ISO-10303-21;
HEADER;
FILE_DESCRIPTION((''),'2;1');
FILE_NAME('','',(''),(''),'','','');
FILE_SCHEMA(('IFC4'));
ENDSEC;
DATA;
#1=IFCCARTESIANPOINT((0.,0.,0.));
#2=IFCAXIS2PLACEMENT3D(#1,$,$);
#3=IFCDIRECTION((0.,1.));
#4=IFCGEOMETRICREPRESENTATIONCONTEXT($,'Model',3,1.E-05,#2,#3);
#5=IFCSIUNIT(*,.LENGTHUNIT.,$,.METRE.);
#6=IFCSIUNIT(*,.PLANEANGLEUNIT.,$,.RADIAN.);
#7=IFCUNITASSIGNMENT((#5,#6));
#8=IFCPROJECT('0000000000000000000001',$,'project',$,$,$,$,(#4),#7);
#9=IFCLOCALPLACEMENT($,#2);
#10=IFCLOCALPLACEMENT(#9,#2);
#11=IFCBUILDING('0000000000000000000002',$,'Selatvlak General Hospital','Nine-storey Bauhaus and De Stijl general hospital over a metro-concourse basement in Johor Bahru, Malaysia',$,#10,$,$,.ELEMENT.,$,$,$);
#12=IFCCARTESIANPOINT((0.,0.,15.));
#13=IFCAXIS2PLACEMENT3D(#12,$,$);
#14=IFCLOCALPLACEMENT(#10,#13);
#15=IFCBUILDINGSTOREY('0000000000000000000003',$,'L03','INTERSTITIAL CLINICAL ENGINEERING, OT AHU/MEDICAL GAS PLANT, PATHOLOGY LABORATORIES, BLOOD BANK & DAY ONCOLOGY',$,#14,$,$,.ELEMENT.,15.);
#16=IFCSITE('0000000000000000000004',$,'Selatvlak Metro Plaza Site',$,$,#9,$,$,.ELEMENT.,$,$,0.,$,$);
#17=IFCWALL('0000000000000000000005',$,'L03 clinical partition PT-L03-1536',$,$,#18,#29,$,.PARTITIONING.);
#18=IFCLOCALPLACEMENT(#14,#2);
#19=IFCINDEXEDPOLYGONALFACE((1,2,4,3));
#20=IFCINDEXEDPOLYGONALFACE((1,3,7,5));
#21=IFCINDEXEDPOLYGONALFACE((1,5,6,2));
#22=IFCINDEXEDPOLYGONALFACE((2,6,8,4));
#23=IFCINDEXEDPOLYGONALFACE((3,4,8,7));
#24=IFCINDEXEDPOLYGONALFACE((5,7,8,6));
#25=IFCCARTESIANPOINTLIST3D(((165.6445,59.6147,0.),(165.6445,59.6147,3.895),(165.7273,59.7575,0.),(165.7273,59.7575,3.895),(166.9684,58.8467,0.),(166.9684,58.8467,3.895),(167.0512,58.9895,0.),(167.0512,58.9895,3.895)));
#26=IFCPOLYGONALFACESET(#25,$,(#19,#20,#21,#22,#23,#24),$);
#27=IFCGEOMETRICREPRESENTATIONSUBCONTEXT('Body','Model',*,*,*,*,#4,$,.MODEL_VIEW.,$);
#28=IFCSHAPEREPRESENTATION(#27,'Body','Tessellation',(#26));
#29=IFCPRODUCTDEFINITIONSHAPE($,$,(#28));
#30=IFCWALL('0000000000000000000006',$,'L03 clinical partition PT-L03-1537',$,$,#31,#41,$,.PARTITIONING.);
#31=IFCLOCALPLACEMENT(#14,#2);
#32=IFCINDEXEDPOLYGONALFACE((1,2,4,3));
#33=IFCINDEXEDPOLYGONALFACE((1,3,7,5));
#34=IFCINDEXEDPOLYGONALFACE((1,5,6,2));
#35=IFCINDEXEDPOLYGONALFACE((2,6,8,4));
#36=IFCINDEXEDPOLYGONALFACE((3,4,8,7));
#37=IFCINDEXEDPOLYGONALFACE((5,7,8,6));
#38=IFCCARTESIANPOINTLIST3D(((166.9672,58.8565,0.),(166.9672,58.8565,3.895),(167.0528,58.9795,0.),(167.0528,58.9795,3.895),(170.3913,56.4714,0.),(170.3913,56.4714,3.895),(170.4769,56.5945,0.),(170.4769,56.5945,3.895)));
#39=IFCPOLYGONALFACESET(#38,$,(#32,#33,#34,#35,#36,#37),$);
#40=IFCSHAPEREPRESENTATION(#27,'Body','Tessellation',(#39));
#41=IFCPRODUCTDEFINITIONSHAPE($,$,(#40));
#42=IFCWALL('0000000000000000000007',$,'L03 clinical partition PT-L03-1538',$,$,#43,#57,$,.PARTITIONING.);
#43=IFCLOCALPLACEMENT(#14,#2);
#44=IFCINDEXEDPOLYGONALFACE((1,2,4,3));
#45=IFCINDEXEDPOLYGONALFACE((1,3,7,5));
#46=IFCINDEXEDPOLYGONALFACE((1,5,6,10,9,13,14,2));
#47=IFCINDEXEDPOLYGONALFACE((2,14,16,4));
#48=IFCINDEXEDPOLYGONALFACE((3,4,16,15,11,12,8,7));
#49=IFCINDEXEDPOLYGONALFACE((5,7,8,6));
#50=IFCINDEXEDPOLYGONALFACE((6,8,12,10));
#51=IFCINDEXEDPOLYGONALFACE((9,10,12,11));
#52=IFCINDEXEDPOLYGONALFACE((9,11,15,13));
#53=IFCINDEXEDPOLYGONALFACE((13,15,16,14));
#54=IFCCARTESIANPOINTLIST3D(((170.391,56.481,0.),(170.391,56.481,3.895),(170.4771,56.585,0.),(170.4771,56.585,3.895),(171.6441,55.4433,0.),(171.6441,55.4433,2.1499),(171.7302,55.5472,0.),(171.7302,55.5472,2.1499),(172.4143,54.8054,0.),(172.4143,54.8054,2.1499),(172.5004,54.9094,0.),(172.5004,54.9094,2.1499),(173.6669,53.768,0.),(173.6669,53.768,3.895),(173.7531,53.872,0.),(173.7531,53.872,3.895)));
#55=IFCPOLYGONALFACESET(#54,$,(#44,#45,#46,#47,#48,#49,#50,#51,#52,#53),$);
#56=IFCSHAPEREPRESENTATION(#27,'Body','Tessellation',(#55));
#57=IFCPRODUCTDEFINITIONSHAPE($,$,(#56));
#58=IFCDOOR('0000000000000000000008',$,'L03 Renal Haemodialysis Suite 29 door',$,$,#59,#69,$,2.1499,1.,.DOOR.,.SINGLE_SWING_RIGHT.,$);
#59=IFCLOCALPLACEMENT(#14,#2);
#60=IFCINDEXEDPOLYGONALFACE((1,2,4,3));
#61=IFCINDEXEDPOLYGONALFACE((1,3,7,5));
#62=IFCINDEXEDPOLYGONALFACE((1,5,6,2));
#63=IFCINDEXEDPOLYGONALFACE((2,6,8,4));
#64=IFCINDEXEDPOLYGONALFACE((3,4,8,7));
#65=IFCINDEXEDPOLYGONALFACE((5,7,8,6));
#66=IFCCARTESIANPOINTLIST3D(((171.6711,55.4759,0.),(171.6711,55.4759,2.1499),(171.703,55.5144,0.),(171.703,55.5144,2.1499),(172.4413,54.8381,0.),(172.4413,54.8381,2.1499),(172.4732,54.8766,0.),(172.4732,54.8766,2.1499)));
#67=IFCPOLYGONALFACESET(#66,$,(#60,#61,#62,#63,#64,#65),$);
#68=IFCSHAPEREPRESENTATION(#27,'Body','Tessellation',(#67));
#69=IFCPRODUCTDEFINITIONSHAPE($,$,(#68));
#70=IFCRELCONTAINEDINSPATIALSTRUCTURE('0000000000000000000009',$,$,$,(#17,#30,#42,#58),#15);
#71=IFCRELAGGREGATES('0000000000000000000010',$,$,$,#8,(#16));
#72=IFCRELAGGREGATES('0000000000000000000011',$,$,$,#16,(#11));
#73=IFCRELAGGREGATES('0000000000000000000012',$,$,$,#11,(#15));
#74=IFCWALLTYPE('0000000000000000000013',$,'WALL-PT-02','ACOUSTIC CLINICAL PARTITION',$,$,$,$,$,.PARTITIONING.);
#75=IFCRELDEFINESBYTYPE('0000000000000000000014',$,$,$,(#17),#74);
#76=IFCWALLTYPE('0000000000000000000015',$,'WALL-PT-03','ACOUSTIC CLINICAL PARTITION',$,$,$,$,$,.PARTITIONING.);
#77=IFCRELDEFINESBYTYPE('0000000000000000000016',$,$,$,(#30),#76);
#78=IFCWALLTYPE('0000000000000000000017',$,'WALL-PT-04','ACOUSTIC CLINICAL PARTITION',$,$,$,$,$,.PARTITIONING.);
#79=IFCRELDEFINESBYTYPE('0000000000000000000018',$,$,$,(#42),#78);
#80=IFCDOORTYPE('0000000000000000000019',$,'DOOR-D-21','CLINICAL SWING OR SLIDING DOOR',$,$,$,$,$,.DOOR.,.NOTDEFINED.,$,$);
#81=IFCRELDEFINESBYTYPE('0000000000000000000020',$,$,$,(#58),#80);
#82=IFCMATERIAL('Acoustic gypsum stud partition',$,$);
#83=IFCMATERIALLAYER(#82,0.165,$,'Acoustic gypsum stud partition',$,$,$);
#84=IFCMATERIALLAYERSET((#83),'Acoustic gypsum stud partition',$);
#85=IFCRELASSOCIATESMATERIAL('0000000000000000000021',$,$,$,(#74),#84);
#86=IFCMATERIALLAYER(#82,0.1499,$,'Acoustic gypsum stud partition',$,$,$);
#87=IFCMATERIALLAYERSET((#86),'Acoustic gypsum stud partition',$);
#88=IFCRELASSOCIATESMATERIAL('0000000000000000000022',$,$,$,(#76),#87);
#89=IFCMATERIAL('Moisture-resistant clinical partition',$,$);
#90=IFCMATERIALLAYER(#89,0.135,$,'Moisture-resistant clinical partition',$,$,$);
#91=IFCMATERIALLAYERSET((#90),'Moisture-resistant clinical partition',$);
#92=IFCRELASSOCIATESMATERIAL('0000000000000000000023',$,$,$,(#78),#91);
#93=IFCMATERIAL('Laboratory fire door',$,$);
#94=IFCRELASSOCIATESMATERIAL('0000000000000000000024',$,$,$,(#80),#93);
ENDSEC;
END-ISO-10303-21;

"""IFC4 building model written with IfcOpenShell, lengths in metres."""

from ifc_helpers import new_model, si_unit, direction, frame, frame_2d, origin, place, context, subcontext, project, spatial, rectangle, extrude, material, layer, layer_set, type_object, element, fill, save


model = new_model("IFC4")

# Units and contexts
model_context = context("Model", 3, precision=1e-05, world=origin(), true_north=direction((0.0, 1.0)))
body_context = subcontext(model_context, "Body", "Model", "MODEL_VIEW")
ifc_project = project(units=[si_unit("LENGTHUNIT", "METRE"), si_unit("PLANEANGLEUNIT", "RADIAN")], contexts=[model_context])

# Site, building, storey
site_placement = place(None, origin())
site = spatial("IfcSite", under=ifc_project, at=site_placement, Name="Selatvlak Metro Plaza Site", CompositionType="ELEMENT", RefElevation=0.0)
building_placement = place(site_placement, origin())
building = spatial("IfcBuilding", under=site, at=building_placement, Name="Selatvlak General Hospital", Description="Nine-storey Bauhaus and De Stijl general hospital over a metro-concourse basement in Johor Bahru, Malaysia", CompositionType="ELEMENT")
storey_placement = place(building_placement, frame((0.0, 0.0, 15.0)))
storey = spatial("IfcBuildingStorey", under=building, at=storey_placement, Name="L03", Description="INTERSTITIAL CLINICAL ENGINEERING, OT AHU/MEDICAL GAS PLANT, PATHOLOGY LABORATORIES, BLOOD BANK & DAY ONCOLOGY", CompositionType="ELEMENT", Elevation=15.0)

# Walls
ifc_material_1 = material(Name="Acoustic gypsum stud partition")
ifc_layer_1 = layer(ifc_material_1, 0.165, Name="Acoustic gypsum stud partition")
ifc_layer_set_1 = layer_set([ifc_layer_1], Name="Acoustic gypsum stud partition")
wall_type_1 = type_object("IfcWallType", Name="WALL-PT-02", Description="ACOUSTIC CLINICAL PARTITION", PredefinedType="PARTITIONING", material=ifc_layer_set_1)
wall_1_placement = place(storey_placement, frame((165.686, 59.686, 0.0), z_axis=(0.0, 0.0, 1.0), x_axis=(0.864985, -0.501797, 0.0)))
element("IfcWall", 1, at=wall_1_placement, inside=storey, type_object=wall_type_1, Name="L03 clinical partition PT-L03-1536", PredefinedType="PARTITIONING", context=body_context, shape_type="SweptSolid", body=[
    extrude(rectangle(XDim=1.5305, YDim=0.165, at=frame_2d((0.7651, 0.0))), origin(), (0.0, 0.0, 1.0), 3.895),
])
ifc_layer_2 = layer(ifc_material_1, 0.1499, Name="Acoustic gypsum stud partition")
ifc_layer_set_2 = layer_set([ifc_layer_2], Name="Acoustic gypsum stud partition")
wall_type_2 = type_object("IfcWallType", Name="WALL-PT-03", Description="ACOUSTIC CLINICAL PARTITION", PredefinedType="PARTITIONING", material=ifc_layer_set_2)
wall_2_placement = place(storey_placement, frame((167.01, 58.918, 0.0), z_axis=(0.0, 0.0, 1.0), x_axis=(0.820563, -0.571556, 0.0)))
element("IfcWall", 2, at=wall_2_placement, inside=storey, type_object=wall_type_2, Name="L03 clinical partition PT-L03-1537", PredefinedType="PARTITIONING", context=body_context, shape_type="SweptSolid", body=[
    extrude(rectangle(XDim=4.1729, YDim=0.1499, at=frame_2d((2.0864, 0.0))), origin(), (0.0, 0.0, 1.0), 3.895),
])

# Wall, opening, door
ifc_material_2 = material(Name="Moisture-resistant clinical partition")
ifc_layer_3 = layer(ifc_material_2, 0.135, Name="Moisture-resistant clinical partition")
ifc_layer_set_3 = layer_set([ifc_layer_3], Name="Moisture-resistant clinical partition")
wall_type_3 = type_object("IfcWallType", Name="WALL-PT-04", Description="ACOUSTIC CLINICAL PARTITION", PredefinedType="PARTITIONING", material=ifc_layer_set_3)
wall_3_placement = place(storey_placement, frame((170.4341, 56.533, 0.0), z_axis=(0.0, 0.0, 1.0), x_axis=(0.770184, -0.637821, 0.0)))
wall_3 = element("IfcWall", 3, at=wall_3_placement, inside=storey, type_object=wall_type_3, Name="L03 clinical partition PT-L03-1538", PredefinedType="PARTITIONING", context=body_context, shape_type="SweptSolid", body=[
    extrude(rectangle(XDim=4.2534, YDim=0.135, at=frame_2d((2.1267, 0.0))), origin(), (0.0, 0.0, 1.0), 3.895),
])
opening_placement = place(wall_3_placement, frame((1.627, 0.0, 0.0)))
opening = element("IfcOpeningElement", 4, at=opening_placement, cuts=wall_3, PredefinedType="OPENING", context=body_context, shape_type="SweptSolid", body=[
    extrude(rectangle(XDim=1.0, YDim=2.1499, at=frame_2d((0.5, 1.075))), frame((0.0, 0.0774, 0.0), z_axis=(0.0, -1.0, 0.0), x_axis=(1.0, 0.0, 0.0)), (0.0, 0.0, 1.0), 0.155),
])
ifc_material_3 = material(Name="Laboratory fire door")
door_type = type_object("IfcDoorType", Name="DOOR-D-21", Description="CLINICAL SWING OR SLIDING DOOR", OperationType="NOTDEFINED", PredefinedType="DOOR", material=ifc_material_3)
door_placement = place(opening_placement, origin())
door = element("IfcDoor", 5, at=door_placement, inside=storey, type_object=door_type, Name="L03 Renal Haemodialysis Suite 29 door", OperationType="SINGLE_SWING_RIGHT", OverallHeight=2.1499, OverallWidth=1.0, PredefinedType="DOOR", context=body_context, shape_type="SweptSolid", body=[
    extrude(rectangle(XDim=1.0, YDim=2.1499, at=frame_2d((0.5, 1.075))), frame((0.0, 0.0249, 0.0), z_axis=(0.0, -1.0, 0.0), x_axis=(1.0, 0.0, 0.0)), (0.0, 0.0, 1.0), 0.05),
])
fill(opening, door)

save(model, "model.ifc")
